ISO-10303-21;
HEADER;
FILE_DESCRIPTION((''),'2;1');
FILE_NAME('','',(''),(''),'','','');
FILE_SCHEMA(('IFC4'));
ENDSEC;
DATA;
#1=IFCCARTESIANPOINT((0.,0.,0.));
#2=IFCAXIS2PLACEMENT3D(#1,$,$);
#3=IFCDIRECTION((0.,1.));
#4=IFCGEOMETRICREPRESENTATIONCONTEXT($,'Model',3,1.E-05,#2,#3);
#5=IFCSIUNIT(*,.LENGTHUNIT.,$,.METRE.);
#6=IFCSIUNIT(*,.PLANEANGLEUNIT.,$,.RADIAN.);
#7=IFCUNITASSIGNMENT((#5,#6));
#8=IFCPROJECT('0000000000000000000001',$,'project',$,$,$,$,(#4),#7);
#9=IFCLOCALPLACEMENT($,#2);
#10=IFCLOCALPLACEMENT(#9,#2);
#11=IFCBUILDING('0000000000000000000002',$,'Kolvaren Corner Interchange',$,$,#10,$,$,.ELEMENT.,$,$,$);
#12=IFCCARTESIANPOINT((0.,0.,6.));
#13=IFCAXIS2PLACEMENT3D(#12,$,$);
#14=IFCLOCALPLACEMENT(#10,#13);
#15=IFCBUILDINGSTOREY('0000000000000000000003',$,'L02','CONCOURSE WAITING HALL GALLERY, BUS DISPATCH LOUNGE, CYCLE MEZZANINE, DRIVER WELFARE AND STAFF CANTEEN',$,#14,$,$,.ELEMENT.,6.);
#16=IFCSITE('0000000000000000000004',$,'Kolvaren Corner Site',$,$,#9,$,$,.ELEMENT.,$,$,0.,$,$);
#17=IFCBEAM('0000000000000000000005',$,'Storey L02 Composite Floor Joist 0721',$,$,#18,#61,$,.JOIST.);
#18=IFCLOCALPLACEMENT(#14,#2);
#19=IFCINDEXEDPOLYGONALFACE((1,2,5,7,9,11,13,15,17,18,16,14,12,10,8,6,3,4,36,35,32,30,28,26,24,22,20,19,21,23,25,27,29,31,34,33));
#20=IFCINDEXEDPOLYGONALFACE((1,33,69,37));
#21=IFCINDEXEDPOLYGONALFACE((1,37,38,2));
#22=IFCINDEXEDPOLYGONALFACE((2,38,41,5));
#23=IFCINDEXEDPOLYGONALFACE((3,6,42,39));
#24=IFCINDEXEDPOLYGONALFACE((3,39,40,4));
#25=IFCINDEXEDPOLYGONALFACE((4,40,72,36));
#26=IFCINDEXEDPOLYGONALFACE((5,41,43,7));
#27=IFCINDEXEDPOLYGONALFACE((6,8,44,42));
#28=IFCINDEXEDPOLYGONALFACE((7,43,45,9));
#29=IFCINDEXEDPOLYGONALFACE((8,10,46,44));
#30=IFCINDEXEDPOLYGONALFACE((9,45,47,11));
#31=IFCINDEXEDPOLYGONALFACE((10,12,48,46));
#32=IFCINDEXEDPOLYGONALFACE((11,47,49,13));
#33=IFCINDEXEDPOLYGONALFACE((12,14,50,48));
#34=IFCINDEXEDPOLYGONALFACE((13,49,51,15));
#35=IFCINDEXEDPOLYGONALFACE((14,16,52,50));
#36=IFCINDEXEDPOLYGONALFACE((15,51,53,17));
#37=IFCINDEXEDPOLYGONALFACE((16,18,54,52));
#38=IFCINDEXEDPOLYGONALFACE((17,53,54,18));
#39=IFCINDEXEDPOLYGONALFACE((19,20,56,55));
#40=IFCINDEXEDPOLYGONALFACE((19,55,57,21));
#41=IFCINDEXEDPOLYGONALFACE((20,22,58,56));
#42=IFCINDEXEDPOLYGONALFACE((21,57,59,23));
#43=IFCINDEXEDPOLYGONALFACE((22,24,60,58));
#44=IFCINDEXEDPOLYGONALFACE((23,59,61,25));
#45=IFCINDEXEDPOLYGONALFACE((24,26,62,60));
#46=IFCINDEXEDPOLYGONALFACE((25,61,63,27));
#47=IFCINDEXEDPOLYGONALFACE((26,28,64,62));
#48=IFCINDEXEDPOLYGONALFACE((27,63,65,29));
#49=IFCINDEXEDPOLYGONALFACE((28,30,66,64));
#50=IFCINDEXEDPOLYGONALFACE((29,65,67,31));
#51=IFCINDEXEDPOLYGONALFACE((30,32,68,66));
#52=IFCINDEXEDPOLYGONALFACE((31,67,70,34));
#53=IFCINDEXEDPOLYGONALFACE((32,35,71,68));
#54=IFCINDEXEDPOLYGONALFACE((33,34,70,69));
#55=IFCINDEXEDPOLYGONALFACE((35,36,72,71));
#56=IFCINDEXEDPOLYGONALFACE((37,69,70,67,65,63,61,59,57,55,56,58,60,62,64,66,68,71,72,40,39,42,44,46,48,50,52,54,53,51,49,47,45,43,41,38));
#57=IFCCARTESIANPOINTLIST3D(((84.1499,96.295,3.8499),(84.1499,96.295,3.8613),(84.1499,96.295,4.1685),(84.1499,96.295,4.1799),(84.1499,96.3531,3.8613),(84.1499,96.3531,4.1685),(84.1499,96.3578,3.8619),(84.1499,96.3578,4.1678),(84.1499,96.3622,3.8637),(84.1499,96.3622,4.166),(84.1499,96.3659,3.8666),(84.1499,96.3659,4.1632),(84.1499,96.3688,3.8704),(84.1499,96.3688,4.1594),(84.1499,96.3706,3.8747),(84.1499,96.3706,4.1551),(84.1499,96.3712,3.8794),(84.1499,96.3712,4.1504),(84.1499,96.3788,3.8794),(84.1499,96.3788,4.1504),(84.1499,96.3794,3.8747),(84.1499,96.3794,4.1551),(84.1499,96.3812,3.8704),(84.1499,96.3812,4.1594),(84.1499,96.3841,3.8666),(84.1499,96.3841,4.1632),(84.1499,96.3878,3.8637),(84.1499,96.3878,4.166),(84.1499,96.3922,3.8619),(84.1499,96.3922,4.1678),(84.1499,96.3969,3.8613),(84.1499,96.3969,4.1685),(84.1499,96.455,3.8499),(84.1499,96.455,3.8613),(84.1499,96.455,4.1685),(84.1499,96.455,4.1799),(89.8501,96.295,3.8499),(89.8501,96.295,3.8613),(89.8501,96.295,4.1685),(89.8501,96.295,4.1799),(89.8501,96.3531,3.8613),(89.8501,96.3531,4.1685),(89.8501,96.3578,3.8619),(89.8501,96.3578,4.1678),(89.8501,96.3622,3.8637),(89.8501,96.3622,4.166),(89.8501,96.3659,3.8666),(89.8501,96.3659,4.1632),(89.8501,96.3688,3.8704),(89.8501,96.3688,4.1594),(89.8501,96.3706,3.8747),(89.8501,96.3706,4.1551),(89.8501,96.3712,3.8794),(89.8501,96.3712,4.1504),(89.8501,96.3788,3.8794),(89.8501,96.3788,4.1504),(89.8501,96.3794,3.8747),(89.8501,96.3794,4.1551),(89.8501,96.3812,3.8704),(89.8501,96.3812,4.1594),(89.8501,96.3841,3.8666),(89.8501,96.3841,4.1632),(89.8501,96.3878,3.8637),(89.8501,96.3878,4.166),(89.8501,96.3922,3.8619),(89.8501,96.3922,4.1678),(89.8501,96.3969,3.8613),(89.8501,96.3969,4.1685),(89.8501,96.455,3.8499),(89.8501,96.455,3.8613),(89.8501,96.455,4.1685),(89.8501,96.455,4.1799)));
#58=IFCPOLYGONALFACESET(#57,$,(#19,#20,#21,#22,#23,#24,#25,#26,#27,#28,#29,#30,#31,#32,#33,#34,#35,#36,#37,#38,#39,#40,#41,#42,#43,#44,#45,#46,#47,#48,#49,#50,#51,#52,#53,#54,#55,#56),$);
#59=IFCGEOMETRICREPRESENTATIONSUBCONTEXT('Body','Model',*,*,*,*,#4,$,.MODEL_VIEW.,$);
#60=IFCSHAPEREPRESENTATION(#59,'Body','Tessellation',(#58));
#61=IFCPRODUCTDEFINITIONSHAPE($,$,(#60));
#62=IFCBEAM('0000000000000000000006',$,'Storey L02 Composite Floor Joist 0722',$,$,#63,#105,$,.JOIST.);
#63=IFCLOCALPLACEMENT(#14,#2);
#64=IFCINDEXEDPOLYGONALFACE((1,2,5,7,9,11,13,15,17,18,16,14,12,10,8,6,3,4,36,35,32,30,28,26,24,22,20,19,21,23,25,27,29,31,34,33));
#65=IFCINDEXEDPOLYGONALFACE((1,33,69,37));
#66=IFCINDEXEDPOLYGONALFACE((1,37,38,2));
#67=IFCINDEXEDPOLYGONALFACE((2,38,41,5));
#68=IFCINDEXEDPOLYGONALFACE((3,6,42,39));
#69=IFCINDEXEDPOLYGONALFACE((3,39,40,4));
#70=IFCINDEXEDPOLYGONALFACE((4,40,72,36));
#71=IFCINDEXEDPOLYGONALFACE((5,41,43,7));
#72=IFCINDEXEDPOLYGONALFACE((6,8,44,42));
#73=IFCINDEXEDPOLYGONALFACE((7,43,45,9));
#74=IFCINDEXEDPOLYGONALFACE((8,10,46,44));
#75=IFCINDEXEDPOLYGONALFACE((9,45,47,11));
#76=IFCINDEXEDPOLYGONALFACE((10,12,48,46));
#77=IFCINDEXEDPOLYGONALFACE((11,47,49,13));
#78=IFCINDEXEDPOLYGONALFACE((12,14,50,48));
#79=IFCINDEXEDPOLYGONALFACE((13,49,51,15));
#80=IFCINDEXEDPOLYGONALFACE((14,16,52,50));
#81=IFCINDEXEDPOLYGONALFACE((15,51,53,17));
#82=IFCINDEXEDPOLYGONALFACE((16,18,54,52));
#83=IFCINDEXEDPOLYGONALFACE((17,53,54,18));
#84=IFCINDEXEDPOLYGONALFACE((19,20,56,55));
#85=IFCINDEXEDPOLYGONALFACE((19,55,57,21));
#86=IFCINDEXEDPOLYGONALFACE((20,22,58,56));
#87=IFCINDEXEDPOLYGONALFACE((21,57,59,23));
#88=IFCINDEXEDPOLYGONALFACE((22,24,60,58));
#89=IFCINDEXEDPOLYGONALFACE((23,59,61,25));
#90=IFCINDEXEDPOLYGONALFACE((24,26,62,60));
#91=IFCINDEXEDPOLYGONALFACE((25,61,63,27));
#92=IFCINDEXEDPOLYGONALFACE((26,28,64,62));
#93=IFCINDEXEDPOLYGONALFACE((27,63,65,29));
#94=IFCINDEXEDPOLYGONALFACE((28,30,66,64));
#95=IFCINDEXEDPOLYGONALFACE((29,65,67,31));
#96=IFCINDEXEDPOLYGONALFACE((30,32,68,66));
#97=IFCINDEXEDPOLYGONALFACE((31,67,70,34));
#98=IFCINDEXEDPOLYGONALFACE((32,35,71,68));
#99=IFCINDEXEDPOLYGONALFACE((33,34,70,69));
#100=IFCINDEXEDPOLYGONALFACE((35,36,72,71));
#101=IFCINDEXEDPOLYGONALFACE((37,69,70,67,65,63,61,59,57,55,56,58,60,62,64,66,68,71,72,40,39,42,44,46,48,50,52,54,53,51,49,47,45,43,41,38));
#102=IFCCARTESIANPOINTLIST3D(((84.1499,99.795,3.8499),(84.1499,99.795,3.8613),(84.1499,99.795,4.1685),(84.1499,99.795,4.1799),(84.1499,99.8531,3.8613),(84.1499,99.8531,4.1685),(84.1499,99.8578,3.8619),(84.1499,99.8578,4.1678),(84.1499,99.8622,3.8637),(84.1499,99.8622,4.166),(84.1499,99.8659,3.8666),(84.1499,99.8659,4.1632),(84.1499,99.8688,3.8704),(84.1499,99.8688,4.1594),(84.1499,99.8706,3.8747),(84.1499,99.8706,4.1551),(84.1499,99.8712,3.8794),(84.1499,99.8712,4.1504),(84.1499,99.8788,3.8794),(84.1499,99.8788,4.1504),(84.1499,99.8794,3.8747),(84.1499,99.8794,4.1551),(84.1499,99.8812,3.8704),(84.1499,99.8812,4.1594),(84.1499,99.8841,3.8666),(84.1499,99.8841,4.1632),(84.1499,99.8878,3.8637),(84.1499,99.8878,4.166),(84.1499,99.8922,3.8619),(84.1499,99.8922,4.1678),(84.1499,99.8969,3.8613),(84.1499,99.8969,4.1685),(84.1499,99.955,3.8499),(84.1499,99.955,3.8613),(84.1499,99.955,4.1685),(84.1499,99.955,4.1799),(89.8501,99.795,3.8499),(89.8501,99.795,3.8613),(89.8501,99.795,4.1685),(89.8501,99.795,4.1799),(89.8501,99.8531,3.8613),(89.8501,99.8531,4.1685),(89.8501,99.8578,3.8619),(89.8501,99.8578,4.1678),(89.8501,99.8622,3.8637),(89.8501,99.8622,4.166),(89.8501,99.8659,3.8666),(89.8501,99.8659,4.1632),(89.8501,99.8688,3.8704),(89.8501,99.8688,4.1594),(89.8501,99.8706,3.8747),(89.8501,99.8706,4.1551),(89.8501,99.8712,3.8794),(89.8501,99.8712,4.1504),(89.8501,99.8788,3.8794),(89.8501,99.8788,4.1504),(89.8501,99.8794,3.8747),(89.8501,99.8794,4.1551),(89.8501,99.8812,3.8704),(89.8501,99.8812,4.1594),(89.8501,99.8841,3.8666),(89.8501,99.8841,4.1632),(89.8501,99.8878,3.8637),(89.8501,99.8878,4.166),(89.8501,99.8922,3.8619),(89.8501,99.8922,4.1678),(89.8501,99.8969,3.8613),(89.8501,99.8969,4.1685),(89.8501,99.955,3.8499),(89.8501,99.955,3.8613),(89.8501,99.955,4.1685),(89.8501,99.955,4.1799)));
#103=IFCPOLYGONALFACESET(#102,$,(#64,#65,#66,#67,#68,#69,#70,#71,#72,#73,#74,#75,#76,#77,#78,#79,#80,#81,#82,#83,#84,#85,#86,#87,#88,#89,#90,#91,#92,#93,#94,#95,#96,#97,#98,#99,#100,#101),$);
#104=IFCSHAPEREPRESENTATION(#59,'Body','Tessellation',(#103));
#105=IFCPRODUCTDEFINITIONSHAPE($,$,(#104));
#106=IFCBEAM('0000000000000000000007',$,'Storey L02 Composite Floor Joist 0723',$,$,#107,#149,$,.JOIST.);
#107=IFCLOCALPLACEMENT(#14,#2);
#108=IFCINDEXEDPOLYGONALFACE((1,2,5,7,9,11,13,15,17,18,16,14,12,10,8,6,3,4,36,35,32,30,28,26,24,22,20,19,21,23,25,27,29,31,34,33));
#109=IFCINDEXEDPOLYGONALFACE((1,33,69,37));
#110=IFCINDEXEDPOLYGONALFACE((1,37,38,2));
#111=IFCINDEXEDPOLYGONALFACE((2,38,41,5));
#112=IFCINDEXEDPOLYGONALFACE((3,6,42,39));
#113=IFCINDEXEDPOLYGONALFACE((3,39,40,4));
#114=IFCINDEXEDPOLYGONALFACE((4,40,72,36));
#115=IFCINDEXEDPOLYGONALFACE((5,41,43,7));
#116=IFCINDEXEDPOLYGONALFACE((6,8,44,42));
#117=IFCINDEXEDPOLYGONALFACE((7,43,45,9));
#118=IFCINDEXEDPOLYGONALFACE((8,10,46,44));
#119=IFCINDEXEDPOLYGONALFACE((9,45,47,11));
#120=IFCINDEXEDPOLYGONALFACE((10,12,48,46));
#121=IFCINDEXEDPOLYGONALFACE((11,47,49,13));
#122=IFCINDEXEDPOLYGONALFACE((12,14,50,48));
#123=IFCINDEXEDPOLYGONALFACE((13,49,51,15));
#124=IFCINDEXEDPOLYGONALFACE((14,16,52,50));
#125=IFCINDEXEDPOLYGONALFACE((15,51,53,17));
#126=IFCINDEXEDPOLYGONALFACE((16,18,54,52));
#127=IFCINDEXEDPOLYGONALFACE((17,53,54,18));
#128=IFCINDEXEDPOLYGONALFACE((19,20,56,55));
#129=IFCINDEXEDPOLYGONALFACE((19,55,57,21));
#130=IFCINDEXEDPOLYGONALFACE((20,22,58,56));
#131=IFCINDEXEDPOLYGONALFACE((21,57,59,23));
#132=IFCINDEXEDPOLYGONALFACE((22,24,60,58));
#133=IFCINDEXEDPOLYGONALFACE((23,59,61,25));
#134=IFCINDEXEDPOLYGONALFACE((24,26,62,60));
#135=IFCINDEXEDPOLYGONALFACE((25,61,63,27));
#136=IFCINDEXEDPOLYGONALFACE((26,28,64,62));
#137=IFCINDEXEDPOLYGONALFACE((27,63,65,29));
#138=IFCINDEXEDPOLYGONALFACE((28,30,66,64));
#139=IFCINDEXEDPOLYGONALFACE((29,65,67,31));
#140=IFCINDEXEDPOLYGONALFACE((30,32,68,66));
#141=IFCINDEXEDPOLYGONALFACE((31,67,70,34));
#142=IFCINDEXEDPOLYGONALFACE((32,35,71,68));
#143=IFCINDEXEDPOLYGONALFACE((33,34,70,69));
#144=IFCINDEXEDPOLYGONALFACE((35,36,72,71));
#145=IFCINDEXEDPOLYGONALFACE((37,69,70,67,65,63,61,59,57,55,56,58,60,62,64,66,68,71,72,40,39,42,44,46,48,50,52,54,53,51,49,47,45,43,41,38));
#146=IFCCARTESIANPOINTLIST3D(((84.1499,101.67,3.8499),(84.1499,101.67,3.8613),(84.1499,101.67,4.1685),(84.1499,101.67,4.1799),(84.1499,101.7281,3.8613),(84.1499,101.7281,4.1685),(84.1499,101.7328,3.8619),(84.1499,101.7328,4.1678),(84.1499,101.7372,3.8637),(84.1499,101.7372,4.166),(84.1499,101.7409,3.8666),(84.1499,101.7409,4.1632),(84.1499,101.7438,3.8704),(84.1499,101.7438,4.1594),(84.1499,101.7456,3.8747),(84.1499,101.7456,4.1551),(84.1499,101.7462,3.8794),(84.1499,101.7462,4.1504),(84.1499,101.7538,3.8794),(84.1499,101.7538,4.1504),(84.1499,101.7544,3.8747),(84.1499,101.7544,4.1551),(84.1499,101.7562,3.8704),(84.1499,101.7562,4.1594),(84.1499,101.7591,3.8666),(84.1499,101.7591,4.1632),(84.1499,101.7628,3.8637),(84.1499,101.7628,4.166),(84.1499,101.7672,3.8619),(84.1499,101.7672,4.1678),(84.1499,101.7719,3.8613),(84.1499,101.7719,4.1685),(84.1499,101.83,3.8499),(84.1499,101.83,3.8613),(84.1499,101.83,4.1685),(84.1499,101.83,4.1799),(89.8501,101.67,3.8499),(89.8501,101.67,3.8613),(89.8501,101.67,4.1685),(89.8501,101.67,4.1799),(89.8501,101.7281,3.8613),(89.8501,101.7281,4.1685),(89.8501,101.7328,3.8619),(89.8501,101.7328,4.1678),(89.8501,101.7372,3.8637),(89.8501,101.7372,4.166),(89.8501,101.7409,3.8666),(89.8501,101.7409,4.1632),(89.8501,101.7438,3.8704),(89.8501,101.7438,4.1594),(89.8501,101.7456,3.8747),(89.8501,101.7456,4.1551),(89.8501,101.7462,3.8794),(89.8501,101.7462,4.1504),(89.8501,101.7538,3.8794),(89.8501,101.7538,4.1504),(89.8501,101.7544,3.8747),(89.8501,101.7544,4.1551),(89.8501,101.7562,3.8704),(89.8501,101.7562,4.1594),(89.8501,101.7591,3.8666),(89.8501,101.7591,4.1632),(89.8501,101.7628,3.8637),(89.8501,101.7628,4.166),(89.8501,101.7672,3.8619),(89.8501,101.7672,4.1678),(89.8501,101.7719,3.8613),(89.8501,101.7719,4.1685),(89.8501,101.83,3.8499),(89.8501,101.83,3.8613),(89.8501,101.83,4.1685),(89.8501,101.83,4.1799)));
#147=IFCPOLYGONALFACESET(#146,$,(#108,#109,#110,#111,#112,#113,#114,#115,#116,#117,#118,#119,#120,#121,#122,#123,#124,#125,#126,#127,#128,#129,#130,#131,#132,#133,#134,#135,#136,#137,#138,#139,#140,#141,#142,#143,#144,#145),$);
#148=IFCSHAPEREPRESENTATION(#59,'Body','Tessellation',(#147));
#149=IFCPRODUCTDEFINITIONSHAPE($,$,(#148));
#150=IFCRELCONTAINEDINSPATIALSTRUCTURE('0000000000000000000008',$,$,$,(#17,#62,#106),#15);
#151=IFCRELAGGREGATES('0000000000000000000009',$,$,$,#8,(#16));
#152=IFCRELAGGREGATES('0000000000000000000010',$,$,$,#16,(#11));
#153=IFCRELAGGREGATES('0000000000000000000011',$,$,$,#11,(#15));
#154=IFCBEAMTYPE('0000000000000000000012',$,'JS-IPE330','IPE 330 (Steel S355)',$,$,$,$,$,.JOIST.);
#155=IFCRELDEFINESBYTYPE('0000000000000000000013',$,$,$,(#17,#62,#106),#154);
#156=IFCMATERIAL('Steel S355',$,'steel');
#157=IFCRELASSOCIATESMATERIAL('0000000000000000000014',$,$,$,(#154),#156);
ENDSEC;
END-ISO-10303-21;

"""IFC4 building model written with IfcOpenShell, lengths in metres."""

from ifc_helpers import new_model, si_unit, direction, frame, origin, origin_2d, place, context, subcontext, project, spatial, i_section, extrude, material, material_profile, profile_set, type_object, element, save


model = new_model("IFC4")

# Units and contexts
model_context = context("Model", 3, precision=1e-05, world=origin(), true_north=direction((0.0, 1.0)))
body_context = subcontext(model_context, "Body", "Model", "MODEL_VIEW")
ifc_project = project(units=[si_unit("LENGTHUNIT", "METRE"), si_unit("PLANEANGLEUNIT", "RADIAN")], contexts=[model_context])

# Site, building, storey
site_placement = place(None, origin())
site = spatial("IfcSite", under=ifc_project, at=site_placement, Name="Kolvaren Corner Site", CompositionType="ELEMENT", RefElevation=0.0)
building_placement = place(site_placement, origin())
building = spatial("IfcBuilding", under=site, at=building_placement, Name="Kolvaren Corner Interchange", CompositionType="ELEMENT")
storey_placement = place(building_placement, frame((0.0, 0.0, 6.0)))
storey = spatial("IfcBuildingStorey", under=building, at=storey_placement, Name="L02", Description="CONCOURSE WAITING HALL GALLERY, BUS DISPATCH LOUNGE, CYCLE MEZZANINE, DRIVER WELFARE AND STAFF CANTEEN", CompositionType="ELEMENT", Elevation=6.0)

# Beams
ifc_material_1 = material(Name="Steel S355", Category="steel")
ifc_material_profile_1 = material_profile(ifc_material_1, i_section(OverallWidth=0.1599, OverallDepth=0.3301, WebThickness=0.0076, FlangeThickness=0.0115, FilletRadius=0.0181, at=origin_2d()), Name="IPE 330")
ifc_profile_set_1 = profile_set([ifc_material_profile_1], Name="Steel S355")
beam_type_1 = type_object("IfcBeamType", Name="JS-IPE330", Description="IPE 330 (Steel S355)", PredefinedType="JOIST", material=ifc_profile_set_1)
for number, where, z_axis, x_axis, name in (
    (1, (84.1499, 96.375, 4.0149), (1.0, 0.0, 0.0), (0.0, 1.0, 0.0), "Storey L02 Composite Floor Joist 0721"),
    (2, (84.1499, 99.875, 4.0149), (1.0, 0.0, 0.0), (0.0, 1.0, 0.0), "Storey L02 Composite Floor Joist 0722"),
    (3, (84.1499, 101.75, 4.0149), (1.0, 0.0, 0.0), (0.0, 1.0, 0.0), "Storey L02 Composite Floor Joist 0723"),
):
    element("IfcBeam", number, at=place(storey_placement, frame(where, z_axis=z_axis, x_axis=x_axis)), inside=storey, type_object=beam_type_1, Name=name, PredefinedType="JOIST", context=body_context, shape_type="SweptSolid", body=[
        extrude(i_section(OverallWidth=0.1599, OverallDepth=0.3301, WebThickness=0.0076, FlangeThickness=0.0115, FilletRadius=0.0181, at=origin_2d()), origin(), (0.0, 0.0, 1.0), 5.7002),
    ])

save(model, "model.ifc")
